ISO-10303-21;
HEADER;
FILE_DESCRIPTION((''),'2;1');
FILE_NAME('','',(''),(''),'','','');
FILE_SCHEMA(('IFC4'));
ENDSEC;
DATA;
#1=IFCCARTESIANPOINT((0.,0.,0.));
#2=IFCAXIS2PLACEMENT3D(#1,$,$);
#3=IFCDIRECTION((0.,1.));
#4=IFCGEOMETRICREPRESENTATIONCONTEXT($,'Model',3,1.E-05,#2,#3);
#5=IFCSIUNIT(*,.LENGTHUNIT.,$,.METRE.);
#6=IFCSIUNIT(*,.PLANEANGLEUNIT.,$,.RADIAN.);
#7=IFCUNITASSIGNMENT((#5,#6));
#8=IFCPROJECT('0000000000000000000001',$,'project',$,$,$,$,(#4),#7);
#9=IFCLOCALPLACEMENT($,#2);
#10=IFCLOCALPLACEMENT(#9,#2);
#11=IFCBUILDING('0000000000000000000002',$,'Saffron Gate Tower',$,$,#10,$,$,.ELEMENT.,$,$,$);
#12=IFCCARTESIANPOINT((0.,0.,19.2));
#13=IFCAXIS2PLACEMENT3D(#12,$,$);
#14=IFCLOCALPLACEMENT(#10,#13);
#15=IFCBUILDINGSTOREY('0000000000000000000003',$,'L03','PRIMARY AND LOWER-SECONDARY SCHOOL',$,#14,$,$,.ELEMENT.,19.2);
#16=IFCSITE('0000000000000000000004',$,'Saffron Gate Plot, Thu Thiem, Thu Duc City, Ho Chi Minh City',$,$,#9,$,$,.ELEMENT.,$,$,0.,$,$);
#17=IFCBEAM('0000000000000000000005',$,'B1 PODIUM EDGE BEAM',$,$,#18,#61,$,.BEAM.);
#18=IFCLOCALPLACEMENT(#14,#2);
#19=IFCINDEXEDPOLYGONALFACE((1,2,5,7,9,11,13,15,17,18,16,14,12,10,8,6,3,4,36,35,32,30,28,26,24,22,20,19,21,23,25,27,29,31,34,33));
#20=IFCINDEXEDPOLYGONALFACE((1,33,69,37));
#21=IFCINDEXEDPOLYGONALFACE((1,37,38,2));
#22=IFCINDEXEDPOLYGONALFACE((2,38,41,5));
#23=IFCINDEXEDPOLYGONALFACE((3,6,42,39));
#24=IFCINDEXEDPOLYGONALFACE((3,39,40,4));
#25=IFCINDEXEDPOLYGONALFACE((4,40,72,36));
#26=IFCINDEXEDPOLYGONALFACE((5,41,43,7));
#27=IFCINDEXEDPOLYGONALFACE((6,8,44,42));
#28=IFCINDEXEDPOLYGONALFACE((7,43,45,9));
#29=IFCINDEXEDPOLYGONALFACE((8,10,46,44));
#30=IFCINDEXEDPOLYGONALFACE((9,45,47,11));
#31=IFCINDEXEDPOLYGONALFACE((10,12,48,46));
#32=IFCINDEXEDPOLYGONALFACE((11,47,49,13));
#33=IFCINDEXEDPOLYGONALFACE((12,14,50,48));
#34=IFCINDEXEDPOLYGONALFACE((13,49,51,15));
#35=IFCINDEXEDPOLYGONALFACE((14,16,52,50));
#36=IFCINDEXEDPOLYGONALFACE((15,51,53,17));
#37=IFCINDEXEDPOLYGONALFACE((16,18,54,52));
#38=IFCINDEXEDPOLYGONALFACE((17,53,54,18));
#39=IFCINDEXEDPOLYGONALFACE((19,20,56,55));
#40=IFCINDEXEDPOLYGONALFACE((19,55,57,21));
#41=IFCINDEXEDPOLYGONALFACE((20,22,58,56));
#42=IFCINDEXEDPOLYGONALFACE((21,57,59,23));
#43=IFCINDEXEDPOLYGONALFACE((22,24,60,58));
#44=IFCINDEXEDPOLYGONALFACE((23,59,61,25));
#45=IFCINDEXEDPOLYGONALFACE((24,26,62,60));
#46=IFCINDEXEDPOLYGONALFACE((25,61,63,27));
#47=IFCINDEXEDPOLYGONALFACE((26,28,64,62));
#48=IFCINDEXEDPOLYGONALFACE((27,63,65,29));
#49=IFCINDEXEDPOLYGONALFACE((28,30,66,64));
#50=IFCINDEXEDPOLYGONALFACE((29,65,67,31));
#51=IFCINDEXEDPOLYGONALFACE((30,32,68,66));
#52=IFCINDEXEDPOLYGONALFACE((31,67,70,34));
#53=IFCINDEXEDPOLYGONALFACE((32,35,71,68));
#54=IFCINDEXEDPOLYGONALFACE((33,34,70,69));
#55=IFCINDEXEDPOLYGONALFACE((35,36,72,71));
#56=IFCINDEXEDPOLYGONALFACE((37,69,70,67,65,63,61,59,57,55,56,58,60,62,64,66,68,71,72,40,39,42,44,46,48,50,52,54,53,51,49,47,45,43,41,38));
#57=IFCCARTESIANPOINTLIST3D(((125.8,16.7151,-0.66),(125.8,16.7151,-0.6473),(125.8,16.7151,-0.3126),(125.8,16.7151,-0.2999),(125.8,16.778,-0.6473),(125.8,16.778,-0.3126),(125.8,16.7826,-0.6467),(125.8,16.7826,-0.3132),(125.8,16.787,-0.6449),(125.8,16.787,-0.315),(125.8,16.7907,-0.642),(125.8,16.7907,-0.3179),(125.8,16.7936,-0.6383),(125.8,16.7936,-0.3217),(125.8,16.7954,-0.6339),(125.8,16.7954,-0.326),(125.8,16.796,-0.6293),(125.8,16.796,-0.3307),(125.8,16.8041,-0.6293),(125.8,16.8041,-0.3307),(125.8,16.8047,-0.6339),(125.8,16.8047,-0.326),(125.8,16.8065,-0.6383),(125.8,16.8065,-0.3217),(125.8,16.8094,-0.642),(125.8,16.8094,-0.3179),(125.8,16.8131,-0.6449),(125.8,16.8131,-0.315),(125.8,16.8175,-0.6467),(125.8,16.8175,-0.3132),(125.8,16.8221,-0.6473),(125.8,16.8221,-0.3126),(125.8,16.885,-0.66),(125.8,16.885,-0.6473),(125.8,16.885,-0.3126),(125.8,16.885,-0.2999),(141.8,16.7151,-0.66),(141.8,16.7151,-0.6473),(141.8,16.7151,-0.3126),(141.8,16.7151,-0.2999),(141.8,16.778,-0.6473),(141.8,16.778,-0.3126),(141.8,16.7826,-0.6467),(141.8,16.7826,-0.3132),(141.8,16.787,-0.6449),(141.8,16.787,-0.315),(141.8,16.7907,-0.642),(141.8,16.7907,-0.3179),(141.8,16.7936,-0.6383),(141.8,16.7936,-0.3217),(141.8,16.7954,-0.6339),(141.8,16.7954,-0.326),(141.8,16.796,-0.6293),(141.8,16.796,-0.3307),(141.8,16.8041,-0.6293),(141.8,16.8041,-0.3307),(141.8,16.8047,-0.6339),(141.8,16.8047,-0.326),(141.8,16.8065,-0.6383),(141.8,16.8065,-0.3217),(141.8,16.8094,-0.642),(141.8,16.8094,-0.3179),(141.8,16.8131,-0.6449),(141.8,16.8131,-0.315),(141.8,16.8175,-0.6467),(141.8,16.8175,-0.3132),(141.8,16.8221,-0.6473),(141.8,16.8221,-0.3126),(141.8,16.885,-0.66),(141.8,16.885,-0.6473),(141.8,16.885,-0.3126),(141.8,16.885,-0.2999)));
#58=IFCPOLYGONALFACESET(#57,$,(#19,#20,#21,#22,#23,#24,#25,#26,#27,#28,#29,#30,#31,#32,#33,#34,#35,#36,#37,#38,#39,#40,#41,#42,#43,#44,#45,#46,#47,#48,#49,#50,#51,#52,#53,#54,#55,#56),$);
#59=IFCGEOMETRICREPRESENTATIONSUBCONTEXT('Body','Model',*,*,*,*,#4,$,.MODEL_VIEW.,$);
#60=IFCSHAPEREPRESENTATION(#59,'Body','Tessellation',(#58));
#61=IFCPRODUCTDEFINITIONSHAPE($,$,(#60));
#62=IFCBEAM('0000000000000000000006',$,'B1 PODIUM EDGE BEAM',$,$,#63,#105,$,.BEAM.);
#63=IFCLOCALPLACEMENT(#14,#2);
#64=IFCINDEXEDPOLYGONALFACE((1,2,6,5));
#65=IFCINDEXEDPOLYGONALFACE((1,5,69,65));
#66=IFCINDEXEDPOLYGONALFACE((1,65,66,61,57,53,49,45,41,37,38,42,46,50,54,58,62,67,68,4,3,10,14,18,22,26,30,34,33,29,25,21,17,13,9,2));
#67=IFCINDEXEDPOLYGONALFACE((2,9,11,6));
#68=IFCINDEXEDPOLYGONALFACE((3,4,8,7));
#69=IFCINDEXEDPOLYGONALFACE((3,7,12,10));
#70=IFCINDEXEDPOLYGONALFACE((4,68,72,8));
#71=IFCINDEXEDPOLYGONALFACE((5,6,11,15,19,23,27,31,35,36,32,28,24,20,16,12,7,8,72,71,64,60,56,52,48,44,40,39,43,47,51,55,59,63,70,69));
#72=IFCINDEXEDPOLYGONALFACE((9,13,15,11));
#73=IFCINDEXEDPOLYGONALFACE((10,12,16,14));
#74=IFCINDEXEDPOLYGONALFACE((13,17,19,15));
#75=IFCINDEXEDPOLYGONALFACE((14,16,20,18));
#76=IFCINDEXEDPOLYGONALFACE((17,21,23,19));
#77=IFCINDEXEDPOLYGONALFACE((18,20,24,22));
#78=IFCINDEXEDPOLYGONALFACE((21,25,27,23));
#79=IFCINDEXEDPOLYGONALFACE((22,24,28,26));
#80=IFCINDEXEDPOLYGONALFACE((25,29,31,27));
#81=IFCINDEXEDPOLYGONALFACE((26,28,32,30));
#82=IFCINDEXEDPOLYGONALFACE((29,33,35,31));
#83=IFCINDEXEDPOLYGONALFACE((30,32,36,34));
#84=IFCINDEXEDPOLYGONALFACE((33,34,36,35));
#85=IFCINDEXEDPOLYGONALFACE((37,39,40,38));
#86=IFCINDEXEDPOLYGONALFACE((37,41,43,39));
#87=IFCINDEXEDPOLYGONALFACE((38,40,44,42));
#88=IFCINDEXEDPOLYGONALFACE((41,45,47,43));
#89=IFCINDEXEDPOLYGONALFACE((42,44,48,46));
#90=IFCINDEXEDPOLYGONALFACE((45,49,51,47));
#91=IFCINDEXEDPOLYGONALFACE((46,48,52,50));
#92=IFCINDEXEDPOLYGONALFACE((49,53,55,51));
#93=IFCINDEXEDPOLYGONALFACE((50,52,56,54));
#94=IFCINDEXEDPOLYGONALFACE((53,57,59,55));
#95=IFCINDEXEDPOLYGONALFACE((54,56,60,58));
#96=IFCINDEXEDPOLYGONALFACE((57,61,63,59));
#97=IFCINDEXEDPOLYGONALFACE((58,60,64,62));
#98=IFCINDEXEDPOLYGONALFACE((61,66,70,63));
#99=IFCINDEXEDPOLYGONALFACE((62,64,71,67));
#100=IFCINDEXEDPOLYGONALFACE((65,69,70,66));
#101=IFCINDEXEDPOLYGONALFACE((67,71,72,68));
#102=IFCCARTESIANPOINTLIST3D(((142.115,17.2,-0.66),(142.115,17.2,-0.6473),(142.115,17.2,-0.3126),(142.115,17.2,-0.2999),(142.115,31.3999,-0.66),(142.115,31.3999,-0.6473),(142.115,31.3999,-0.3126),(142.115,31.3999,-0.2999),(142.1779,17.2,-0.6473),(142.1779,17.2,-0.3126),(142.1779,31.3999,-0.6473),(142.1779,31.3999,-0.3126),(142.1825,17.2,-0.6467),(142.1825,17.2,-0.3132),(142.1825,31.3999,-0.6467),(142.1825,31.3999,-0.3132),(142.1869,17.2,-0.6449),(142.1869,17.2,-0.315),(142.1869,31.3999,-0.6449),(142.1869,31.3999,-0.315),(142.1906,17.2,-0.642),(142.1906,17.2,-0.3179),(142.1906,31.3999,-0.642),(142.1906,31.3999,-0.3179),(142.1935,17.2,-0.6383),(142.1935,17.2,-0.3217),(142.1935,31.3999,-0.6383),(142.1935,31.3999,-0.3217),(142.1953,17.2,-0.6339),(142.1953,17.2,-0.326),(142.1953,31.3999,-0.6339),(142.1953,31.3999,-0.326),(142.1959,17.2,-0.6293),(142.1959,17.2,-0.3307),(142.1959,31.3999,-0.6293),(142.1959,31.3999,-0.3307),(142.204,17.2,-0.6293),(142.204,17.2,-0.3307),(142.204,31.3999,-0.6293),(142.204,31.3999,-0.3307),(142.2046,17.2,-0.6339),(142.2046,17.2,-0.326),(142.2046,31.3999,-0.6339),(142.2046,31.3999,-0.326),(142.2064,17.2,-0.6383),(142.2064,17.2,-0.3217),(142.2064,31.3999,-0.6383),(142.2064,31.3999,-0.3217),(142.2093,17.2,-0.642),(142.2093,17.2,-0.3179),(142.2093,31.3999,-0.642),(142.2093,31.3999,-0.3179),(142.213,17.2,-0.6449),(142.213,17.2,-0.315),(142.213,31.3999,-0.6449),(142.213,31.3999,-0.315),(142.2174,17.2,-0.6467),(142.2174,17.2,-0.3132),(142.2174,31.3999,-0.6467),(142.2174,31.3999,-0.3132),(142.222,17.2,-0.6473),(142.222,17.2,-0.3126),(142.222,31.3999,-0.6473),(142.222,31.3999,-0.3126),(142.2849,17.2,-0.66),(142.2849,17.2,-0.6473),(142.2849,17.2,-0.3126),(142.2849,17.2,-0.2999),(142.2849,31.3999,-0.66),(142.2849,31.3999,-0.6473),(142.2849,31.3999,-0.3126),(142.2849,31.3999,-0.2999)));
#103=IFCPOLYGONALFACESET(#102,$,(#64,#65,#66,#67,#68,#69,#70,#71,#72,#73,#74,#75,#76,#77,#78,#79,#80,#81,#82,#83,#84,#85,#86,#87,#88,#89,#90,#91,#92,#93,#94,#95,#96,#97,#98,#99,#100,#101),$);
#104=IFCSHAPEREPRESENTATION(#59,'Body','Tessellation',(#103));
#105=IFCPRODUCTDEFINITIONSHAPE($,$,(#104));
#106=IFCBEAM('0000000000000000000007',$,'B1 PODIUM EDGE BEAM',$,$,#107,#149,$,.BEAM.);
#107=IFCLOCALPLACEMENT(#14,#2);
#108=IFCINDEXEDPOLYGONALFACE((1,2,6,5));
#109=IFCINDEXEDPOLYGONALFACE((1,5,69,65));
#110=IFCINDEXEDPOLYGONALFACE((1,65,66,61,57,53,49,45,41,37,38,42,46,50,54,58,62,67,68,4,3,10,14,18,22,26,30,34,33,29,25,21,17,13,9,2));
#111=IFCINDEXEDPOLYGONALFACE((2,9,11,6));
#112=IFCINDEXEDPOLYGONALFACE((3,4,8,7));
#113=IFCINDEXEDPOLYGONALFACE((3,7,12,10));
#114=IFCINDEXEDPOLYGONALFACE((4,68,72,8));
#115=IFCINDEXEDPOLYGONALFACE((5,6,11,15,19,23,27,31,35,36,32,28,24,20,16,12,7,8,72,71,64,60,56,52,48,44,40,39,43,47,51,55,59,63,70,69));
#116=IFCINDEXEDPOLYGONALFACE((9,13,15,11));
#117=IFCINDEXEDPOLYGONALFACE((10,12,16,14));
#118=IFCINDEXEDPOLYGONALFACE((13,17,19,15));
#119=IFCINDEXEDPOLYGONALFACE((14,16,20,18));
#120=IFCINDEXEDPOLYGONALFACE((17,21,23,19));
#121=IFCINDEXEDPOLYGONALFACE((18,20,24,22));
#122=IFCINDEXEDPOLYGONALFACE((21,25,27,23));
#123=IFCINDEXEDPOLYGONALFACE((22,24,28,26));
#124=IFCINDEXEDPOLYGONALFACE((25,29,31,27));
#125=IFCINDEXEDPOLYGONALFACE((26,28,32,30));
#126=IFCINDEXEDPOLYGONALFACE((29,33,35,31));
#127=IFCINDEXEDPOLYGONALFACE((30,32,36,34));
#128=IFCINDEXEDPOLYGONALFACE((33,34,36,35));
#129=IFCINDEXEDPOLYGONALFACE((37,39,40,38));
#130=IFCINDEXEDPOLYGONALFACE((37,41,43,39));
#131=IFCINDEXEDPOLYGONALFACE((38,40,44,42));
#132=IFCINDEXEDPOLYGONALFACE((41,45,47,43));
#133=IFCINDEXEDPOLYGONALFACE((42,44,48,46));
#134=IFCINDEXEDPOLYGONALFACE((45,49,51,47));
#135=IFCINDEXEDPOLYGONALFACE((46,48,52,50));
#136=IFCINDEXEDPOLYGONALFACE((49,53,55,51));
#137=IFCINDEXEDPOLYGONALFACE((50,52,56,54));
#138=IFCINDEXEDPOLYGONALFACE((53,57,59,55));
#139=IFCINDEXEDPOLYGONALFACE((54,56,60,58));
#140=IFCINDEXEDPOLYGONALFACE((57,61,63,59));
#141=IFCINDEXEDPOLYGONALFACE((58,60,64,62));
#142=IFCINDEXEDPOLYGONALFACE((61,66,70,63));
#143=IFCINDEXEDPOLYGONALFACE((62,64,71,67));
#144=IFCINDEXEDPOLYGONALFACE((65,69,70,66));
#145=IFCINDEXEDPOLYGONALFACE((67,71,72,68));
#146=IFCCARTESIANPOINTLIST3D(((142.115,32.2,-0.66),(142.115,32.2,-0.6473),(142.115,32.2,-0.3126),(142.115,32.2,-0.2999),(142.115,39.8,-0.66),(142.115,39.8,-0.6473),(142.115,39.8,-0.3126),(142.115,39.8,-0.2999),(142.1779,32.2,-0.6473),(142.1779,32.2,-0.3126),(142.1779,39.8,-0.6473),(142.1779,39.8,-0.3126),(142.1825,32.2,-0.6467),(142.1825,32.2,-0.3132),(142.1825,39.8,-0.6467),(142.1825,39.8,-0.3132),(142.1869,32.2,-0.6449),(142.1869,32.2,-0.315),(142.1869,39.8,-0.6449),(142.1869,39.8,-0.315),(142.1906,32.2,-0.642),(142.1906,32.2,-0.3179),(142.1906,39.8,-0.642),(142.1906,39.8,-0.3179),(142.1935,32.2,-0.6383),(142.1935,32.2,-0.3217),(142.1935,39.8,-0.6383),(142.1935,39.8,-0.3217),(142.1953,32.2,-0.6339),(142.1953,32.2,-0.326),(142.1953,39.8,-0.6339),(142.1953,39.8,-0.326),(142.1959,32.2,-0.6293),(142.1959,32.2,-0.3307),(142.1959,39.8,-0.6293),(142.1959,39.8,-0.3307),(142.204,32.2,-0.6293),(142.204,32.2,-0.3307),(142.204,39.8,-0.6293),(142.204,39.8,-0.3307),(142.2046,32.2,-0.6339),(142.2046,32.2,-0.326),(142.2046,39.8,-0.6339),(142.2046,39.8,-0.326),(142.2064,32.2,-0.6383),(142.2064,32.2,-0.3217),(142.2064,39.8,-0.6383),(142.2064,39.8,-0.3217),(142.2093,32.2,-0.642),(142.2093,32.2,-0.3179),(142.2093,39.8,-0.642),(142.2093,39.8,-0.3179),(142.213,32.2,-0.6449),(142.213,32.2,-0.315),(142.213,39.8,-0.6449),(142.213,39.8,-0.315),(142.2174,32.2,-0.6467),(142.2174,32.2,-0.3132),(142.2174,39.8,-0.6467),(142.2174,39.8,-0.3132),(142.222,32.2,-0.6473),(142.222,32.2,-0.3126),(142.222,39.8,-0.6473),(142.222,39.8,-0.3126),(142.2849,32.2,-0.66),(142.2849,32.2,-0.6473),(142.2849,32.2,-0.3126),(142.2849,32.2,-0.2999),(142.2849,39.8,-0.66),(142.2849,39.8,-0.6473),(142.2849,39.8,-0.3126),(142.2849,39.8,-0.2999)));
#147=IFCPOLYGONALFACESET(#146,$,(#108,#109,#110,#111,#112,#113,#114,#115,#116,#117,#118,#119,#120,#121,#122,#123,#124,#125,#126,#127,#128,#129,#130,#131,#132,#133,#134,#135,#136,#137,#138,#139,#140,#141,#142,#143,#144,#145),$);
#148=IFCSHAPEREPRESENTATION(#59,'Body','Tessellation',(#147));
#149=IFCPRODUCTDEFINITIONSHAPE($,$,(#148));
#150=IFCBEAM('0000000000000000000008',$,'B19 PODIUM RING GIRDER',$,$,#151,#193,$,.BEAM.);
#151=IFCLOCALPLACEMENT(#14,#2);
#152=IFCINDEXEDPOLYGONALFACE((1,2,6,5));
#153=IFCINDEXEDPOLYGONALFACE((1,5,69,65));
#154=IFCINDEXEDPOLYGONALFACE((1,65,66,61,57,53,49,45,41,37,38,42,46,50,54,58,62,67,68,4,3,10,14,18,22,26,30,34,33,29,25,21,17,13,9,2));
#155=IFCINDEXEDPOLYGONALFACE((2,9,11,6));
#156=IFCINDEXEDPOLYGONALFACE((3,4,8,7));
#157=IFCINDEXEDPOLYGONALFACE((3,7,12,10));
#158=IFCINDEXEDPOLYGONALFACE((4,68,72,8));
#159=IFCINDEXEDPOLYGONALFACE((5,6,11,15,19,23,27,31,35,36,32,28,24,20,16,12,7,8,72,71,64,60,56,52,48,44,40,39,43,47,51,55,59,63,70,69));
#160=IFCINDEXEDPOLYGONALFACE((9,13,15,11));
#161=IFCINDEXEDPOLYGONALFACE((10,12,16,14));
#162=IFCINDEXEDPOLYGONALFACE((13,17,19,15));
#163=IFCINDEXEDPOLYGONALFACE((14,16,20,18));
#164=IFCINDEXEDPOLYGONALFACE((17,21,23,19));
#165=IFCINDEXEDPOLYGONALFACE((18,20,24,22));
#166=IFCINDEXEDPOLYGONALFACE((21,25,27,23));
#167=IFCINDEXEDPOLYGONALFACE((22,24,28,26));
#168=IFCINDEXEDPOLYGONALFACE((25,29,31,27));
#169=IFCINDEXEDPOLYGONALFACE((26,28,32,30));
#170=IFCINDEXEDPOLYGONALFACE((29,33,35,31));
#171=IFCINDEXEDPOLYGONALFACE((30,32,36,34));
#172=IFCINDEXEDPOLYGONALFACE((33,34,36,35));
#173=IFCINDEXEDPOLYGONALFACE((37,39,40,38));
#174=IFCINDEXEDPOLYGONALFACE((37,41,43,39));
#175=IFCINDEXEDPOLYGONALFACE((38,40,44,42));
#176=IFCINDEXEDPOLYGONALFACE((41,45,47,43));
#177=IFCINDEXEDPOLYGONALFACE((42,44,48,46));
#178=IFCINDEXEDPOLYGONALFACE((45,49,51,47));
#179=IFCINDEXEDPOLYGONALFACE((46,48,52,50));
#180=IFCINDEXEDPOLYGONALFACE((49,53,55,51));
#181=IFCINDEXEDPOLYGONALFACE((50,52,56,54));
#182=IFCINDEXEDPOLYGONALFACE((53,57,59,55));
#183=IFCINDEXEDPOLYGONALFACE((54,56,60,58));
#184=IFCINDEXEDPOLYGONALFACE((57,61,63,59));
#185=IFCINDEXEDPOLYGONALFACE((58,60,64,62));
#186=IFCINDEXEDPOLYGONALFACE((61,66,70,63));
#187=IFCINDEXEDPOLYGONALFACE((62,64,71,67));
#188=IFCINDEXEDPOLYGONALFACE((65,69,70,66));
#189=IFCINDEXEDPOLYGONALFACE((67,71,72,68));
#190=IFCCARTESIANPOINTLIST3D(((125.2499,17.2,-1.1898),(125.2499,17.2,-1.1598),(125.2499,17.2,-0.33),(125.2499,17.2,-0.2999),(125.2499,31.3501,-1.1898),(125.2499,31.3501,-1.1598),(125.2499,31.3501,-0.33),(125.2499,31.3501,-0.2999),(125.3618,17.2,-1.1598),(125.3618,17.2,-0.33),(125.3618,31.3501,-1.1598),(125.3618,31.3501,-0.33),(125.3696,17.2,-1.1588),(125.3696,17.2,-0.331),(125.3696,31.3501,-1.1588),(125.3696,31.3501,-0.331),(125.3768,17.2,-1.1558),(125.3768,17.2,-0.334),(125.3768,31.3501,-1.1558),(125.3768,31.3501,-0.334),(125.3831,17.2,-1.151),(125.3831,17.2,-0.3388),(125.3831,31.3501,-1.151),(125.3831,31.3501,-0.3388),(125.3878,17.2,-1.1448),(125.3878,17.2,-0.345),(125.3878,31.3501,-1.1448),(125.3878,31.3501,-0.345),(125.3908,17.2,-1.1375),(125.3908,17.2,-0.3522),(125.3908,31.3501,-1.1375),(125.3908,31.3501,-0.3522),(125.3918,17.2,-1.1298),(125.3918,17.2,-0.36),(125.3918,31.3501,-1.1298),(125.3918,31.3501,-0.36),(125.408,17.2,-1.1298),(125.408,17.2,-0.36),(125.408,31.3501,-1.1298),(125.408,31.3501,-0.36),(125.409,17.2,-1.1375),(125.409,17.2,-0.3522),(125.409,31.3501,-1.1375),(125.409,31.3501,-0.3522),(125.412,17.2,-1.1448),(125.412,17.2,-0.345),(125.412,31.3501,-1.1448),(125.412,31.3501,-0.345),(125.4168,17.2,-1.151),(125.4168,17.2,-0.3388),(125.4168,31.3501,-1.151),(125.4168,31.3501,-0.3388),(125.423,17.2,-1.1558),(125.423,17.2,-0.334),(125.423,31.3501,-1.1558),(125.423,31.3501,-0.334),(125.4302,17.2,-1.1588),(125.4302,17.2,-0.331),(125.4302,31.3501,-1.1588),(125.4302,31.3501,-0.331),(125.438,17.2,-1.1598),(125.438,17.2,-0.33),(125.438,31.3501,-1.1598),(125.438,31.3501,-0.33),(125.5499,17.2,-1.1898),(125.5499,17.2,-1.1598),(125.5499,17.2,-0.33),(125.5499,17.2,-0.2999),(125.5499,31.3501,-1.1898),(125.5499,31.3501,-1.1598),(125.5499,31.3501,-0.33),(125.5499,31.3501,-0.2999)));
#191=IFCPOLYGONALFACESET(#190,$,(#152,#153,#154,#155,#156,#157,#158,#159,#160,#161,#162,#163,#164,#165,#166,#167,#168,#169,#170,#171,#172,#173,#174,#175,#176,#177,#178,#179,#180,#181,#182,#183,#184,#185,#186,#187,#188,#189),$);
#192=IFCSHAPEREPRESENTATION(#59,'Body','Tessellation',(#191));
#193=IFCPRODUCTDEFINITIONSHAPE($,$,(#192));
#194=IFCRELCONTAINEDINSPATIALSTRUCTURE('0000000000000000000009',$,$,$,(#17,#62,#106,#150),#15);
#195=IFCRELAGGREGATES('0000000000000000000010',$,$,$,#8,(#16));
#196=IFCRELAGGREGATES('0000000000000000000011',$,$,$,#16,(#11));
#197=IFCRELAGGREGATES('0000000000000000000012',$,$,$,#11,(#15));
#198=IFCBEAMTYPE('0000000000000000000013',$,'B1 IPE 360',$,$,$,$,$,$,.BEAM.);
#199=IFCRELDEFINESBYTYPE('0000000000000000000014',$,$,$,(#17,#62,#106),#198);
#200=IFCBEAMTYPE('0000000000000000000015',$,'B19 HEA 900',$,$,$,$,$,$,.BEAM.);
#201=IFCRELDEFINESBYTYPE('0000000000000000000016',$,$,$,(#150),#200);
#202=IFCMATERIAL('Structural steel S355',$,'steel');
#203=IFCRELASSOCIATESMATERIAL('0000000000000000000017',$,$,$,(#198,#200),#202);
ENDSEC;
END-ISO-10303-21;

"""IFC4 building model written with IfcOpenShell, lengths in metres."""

from ifc_helpers import new_model, si_unit, direction, frame, origin, origin_2d, place, context, subcontext, project, spatial, i_section, extrude, material, material_profile, profile_set, type_object, element, save


model = new_model("IFC4")

# Units and contexts
model_context = context("Model", 3, precision=1e-05, world=origin(), true_north=direction((0.0, 1.0)))
body_context = subcontext(model_context, "Body", "Model", "MODEL_VIEW")
ifc_project = project(units=[si_unit("LENGTHUNIT", "METRE"), si_unit("PLANEANGLEUNIT", "RADIAN")], contexts=[model_context])

# Site, building, storey
site_placement = place(None, origin())
site = spatial("IfcSite", under=ifc_project, at=site_placement, Name="Saffron Gate Plot, Thu Thiem, Thu Duc City, Ho Chi Minh City", CompositionType="ELEMENT", RefElevation=0.0)
building_placement = place(site_placement, origin())
building = spatial("IfcBuilding", under=site, at=building_placement, Name="Saffron Gate Tower", CompositionType="ELEMENT")
storey_placement = place(building_placement, frame((0.0, 0.0, 19.2)))
storey = spatial("IfcBuildingStorey", under=building, at=storey_placement, Name="L03", Description="PRIMARY AND LOWER-SECONDARY SCHOOL", CompositionType="ELEMENT", Elevation=19.2)

# Beams
ifc_material_1 = material(Name="Structural steel S355", Category="steel")
ifc_material_profile_1 = material_profile(ifc_material_1, i_section(OverallWidth=0.1699, OverallDepth=0.3601, WebThickness=0.0081, FlangeThickness=0.0127, FilletRadius=0.0181, at=origin_2d()))
ifc_profile_set_1 = profile_set([ifc_material_profile_1], Name="Structural steel S355")
beam_type_1 = type_object("IfcBeamType", Name="B1 IPE 360", PredefinedType="BEAM", material=ifc_profile_set_1)
beam_1_placement = place(storey_placement, frame((125.8, 16.8, -0.48), z_axis=(1.0, 0.0, 0.0), x_axis=(0.0, 1.0, 0.0)))
element("IfcBeam", 1, at=beam_1_placement, inside=storey, type_object=beam_type_1, Name="B1 PODIUM EDGE BEAM", PredefinedType="BEAM", context=body_context, shape_type="SweptSolid", body=[
    extrude(i_section(OverallWidth=0.1699, OverallDepth=0.3601, WebThickness=0.0081, FlangeThickness=0.0127, FilletRadius=0.0181, at=origin_2d()), origin(), (0.0, 0.0, 1.0), 16.0),
])
beam_2_placement = place(storey_placement, frame((142.2, 17.2, -0.48), z_axis=(0.0, 1.0, 0.0), x_axis=(-1.0, 0.0, 0.0)))
element("IfcBeam", 2, at=beam_2_placement, inside=storey, type_object=beam_type_1, Name="B1 PODIUM EDGE BEAM", PredefinedType="BEAM", context=body_context, shape_type="SweptSolid", body=[
    extrude(i_section(OverallWidth=0.1699, OverallDepth=0.3601, WebThickness=0.0081, FlangeThickness=0.0127, FilletRadius=0.0181, at=origin_2d()), origin(), (0.0, 0.0, 1.0), 14.2),
])
beam_3_placement = place(storey_placement, frame((142.2, 32.2, -0.48), z_axis=(0.0, 1.0, 0.0), x_axis=(-1.0, 0.0, 0.0)))
element("IfcBeam", 3, at=beam_3_placement, inside=storey, type_object=beam_type_1, Name="B1 PODIUM EDGE BEAM", PredefinedType="BEAM", context=body_context, shape_type="SweptSolid", body=[
    extrude(i_section(OverallWidth=0.1699, OverallDepth=0.3601, WebThickness=0.0081, FlangeThickness=0.0127, FilletRadius=0.0181, at=origin_2d()), origin(), (0.0, 0.0, 1.0), 7.6001),
])
ifc_material_profile_2 = material_profile(ifc_material_1, i_section(OverallWidth=0.3, OverallDepth=0.8899, WebThickness=0.0161, FlangeThickness=0.03, FilletRadius=0.03, at=origin_2d()))
ifc_profile_set_2 = profile_set([ifc_material_profile_2], Name="Structural steel S355")
beam_type_2 = type_object("IfcBeamType", Name="B19 HEA 900", PredefinedType="BEAM", material=ifc_profile_set_2)
beam_4_placement = place(storey_placement, frame((125.3999, 17.2, -0.7449), z_axis=(0.0, 1.0, 0.0), x_axis=(-1.0, 0.0, 0.0)))
element("IfcBeam", 4, at=beam_4_placement, inside=storey, type_object=beam_type_2, Name="B19 PODIUM RING GIRDER", PredefinedType="BEAM", context=body_context, shape_type="SweptSolid", body=[
    extrude(i_section(OverallWidth=0.3, OverallDepth=0.8899, WebThickness=0.0161, FlangeThickness=0.03, FilletRadius=0.03, at=origin_2d()), origin(), (0.0, 0.0, 1.0), 14.1501),
])

save(model, "model.ifc")
